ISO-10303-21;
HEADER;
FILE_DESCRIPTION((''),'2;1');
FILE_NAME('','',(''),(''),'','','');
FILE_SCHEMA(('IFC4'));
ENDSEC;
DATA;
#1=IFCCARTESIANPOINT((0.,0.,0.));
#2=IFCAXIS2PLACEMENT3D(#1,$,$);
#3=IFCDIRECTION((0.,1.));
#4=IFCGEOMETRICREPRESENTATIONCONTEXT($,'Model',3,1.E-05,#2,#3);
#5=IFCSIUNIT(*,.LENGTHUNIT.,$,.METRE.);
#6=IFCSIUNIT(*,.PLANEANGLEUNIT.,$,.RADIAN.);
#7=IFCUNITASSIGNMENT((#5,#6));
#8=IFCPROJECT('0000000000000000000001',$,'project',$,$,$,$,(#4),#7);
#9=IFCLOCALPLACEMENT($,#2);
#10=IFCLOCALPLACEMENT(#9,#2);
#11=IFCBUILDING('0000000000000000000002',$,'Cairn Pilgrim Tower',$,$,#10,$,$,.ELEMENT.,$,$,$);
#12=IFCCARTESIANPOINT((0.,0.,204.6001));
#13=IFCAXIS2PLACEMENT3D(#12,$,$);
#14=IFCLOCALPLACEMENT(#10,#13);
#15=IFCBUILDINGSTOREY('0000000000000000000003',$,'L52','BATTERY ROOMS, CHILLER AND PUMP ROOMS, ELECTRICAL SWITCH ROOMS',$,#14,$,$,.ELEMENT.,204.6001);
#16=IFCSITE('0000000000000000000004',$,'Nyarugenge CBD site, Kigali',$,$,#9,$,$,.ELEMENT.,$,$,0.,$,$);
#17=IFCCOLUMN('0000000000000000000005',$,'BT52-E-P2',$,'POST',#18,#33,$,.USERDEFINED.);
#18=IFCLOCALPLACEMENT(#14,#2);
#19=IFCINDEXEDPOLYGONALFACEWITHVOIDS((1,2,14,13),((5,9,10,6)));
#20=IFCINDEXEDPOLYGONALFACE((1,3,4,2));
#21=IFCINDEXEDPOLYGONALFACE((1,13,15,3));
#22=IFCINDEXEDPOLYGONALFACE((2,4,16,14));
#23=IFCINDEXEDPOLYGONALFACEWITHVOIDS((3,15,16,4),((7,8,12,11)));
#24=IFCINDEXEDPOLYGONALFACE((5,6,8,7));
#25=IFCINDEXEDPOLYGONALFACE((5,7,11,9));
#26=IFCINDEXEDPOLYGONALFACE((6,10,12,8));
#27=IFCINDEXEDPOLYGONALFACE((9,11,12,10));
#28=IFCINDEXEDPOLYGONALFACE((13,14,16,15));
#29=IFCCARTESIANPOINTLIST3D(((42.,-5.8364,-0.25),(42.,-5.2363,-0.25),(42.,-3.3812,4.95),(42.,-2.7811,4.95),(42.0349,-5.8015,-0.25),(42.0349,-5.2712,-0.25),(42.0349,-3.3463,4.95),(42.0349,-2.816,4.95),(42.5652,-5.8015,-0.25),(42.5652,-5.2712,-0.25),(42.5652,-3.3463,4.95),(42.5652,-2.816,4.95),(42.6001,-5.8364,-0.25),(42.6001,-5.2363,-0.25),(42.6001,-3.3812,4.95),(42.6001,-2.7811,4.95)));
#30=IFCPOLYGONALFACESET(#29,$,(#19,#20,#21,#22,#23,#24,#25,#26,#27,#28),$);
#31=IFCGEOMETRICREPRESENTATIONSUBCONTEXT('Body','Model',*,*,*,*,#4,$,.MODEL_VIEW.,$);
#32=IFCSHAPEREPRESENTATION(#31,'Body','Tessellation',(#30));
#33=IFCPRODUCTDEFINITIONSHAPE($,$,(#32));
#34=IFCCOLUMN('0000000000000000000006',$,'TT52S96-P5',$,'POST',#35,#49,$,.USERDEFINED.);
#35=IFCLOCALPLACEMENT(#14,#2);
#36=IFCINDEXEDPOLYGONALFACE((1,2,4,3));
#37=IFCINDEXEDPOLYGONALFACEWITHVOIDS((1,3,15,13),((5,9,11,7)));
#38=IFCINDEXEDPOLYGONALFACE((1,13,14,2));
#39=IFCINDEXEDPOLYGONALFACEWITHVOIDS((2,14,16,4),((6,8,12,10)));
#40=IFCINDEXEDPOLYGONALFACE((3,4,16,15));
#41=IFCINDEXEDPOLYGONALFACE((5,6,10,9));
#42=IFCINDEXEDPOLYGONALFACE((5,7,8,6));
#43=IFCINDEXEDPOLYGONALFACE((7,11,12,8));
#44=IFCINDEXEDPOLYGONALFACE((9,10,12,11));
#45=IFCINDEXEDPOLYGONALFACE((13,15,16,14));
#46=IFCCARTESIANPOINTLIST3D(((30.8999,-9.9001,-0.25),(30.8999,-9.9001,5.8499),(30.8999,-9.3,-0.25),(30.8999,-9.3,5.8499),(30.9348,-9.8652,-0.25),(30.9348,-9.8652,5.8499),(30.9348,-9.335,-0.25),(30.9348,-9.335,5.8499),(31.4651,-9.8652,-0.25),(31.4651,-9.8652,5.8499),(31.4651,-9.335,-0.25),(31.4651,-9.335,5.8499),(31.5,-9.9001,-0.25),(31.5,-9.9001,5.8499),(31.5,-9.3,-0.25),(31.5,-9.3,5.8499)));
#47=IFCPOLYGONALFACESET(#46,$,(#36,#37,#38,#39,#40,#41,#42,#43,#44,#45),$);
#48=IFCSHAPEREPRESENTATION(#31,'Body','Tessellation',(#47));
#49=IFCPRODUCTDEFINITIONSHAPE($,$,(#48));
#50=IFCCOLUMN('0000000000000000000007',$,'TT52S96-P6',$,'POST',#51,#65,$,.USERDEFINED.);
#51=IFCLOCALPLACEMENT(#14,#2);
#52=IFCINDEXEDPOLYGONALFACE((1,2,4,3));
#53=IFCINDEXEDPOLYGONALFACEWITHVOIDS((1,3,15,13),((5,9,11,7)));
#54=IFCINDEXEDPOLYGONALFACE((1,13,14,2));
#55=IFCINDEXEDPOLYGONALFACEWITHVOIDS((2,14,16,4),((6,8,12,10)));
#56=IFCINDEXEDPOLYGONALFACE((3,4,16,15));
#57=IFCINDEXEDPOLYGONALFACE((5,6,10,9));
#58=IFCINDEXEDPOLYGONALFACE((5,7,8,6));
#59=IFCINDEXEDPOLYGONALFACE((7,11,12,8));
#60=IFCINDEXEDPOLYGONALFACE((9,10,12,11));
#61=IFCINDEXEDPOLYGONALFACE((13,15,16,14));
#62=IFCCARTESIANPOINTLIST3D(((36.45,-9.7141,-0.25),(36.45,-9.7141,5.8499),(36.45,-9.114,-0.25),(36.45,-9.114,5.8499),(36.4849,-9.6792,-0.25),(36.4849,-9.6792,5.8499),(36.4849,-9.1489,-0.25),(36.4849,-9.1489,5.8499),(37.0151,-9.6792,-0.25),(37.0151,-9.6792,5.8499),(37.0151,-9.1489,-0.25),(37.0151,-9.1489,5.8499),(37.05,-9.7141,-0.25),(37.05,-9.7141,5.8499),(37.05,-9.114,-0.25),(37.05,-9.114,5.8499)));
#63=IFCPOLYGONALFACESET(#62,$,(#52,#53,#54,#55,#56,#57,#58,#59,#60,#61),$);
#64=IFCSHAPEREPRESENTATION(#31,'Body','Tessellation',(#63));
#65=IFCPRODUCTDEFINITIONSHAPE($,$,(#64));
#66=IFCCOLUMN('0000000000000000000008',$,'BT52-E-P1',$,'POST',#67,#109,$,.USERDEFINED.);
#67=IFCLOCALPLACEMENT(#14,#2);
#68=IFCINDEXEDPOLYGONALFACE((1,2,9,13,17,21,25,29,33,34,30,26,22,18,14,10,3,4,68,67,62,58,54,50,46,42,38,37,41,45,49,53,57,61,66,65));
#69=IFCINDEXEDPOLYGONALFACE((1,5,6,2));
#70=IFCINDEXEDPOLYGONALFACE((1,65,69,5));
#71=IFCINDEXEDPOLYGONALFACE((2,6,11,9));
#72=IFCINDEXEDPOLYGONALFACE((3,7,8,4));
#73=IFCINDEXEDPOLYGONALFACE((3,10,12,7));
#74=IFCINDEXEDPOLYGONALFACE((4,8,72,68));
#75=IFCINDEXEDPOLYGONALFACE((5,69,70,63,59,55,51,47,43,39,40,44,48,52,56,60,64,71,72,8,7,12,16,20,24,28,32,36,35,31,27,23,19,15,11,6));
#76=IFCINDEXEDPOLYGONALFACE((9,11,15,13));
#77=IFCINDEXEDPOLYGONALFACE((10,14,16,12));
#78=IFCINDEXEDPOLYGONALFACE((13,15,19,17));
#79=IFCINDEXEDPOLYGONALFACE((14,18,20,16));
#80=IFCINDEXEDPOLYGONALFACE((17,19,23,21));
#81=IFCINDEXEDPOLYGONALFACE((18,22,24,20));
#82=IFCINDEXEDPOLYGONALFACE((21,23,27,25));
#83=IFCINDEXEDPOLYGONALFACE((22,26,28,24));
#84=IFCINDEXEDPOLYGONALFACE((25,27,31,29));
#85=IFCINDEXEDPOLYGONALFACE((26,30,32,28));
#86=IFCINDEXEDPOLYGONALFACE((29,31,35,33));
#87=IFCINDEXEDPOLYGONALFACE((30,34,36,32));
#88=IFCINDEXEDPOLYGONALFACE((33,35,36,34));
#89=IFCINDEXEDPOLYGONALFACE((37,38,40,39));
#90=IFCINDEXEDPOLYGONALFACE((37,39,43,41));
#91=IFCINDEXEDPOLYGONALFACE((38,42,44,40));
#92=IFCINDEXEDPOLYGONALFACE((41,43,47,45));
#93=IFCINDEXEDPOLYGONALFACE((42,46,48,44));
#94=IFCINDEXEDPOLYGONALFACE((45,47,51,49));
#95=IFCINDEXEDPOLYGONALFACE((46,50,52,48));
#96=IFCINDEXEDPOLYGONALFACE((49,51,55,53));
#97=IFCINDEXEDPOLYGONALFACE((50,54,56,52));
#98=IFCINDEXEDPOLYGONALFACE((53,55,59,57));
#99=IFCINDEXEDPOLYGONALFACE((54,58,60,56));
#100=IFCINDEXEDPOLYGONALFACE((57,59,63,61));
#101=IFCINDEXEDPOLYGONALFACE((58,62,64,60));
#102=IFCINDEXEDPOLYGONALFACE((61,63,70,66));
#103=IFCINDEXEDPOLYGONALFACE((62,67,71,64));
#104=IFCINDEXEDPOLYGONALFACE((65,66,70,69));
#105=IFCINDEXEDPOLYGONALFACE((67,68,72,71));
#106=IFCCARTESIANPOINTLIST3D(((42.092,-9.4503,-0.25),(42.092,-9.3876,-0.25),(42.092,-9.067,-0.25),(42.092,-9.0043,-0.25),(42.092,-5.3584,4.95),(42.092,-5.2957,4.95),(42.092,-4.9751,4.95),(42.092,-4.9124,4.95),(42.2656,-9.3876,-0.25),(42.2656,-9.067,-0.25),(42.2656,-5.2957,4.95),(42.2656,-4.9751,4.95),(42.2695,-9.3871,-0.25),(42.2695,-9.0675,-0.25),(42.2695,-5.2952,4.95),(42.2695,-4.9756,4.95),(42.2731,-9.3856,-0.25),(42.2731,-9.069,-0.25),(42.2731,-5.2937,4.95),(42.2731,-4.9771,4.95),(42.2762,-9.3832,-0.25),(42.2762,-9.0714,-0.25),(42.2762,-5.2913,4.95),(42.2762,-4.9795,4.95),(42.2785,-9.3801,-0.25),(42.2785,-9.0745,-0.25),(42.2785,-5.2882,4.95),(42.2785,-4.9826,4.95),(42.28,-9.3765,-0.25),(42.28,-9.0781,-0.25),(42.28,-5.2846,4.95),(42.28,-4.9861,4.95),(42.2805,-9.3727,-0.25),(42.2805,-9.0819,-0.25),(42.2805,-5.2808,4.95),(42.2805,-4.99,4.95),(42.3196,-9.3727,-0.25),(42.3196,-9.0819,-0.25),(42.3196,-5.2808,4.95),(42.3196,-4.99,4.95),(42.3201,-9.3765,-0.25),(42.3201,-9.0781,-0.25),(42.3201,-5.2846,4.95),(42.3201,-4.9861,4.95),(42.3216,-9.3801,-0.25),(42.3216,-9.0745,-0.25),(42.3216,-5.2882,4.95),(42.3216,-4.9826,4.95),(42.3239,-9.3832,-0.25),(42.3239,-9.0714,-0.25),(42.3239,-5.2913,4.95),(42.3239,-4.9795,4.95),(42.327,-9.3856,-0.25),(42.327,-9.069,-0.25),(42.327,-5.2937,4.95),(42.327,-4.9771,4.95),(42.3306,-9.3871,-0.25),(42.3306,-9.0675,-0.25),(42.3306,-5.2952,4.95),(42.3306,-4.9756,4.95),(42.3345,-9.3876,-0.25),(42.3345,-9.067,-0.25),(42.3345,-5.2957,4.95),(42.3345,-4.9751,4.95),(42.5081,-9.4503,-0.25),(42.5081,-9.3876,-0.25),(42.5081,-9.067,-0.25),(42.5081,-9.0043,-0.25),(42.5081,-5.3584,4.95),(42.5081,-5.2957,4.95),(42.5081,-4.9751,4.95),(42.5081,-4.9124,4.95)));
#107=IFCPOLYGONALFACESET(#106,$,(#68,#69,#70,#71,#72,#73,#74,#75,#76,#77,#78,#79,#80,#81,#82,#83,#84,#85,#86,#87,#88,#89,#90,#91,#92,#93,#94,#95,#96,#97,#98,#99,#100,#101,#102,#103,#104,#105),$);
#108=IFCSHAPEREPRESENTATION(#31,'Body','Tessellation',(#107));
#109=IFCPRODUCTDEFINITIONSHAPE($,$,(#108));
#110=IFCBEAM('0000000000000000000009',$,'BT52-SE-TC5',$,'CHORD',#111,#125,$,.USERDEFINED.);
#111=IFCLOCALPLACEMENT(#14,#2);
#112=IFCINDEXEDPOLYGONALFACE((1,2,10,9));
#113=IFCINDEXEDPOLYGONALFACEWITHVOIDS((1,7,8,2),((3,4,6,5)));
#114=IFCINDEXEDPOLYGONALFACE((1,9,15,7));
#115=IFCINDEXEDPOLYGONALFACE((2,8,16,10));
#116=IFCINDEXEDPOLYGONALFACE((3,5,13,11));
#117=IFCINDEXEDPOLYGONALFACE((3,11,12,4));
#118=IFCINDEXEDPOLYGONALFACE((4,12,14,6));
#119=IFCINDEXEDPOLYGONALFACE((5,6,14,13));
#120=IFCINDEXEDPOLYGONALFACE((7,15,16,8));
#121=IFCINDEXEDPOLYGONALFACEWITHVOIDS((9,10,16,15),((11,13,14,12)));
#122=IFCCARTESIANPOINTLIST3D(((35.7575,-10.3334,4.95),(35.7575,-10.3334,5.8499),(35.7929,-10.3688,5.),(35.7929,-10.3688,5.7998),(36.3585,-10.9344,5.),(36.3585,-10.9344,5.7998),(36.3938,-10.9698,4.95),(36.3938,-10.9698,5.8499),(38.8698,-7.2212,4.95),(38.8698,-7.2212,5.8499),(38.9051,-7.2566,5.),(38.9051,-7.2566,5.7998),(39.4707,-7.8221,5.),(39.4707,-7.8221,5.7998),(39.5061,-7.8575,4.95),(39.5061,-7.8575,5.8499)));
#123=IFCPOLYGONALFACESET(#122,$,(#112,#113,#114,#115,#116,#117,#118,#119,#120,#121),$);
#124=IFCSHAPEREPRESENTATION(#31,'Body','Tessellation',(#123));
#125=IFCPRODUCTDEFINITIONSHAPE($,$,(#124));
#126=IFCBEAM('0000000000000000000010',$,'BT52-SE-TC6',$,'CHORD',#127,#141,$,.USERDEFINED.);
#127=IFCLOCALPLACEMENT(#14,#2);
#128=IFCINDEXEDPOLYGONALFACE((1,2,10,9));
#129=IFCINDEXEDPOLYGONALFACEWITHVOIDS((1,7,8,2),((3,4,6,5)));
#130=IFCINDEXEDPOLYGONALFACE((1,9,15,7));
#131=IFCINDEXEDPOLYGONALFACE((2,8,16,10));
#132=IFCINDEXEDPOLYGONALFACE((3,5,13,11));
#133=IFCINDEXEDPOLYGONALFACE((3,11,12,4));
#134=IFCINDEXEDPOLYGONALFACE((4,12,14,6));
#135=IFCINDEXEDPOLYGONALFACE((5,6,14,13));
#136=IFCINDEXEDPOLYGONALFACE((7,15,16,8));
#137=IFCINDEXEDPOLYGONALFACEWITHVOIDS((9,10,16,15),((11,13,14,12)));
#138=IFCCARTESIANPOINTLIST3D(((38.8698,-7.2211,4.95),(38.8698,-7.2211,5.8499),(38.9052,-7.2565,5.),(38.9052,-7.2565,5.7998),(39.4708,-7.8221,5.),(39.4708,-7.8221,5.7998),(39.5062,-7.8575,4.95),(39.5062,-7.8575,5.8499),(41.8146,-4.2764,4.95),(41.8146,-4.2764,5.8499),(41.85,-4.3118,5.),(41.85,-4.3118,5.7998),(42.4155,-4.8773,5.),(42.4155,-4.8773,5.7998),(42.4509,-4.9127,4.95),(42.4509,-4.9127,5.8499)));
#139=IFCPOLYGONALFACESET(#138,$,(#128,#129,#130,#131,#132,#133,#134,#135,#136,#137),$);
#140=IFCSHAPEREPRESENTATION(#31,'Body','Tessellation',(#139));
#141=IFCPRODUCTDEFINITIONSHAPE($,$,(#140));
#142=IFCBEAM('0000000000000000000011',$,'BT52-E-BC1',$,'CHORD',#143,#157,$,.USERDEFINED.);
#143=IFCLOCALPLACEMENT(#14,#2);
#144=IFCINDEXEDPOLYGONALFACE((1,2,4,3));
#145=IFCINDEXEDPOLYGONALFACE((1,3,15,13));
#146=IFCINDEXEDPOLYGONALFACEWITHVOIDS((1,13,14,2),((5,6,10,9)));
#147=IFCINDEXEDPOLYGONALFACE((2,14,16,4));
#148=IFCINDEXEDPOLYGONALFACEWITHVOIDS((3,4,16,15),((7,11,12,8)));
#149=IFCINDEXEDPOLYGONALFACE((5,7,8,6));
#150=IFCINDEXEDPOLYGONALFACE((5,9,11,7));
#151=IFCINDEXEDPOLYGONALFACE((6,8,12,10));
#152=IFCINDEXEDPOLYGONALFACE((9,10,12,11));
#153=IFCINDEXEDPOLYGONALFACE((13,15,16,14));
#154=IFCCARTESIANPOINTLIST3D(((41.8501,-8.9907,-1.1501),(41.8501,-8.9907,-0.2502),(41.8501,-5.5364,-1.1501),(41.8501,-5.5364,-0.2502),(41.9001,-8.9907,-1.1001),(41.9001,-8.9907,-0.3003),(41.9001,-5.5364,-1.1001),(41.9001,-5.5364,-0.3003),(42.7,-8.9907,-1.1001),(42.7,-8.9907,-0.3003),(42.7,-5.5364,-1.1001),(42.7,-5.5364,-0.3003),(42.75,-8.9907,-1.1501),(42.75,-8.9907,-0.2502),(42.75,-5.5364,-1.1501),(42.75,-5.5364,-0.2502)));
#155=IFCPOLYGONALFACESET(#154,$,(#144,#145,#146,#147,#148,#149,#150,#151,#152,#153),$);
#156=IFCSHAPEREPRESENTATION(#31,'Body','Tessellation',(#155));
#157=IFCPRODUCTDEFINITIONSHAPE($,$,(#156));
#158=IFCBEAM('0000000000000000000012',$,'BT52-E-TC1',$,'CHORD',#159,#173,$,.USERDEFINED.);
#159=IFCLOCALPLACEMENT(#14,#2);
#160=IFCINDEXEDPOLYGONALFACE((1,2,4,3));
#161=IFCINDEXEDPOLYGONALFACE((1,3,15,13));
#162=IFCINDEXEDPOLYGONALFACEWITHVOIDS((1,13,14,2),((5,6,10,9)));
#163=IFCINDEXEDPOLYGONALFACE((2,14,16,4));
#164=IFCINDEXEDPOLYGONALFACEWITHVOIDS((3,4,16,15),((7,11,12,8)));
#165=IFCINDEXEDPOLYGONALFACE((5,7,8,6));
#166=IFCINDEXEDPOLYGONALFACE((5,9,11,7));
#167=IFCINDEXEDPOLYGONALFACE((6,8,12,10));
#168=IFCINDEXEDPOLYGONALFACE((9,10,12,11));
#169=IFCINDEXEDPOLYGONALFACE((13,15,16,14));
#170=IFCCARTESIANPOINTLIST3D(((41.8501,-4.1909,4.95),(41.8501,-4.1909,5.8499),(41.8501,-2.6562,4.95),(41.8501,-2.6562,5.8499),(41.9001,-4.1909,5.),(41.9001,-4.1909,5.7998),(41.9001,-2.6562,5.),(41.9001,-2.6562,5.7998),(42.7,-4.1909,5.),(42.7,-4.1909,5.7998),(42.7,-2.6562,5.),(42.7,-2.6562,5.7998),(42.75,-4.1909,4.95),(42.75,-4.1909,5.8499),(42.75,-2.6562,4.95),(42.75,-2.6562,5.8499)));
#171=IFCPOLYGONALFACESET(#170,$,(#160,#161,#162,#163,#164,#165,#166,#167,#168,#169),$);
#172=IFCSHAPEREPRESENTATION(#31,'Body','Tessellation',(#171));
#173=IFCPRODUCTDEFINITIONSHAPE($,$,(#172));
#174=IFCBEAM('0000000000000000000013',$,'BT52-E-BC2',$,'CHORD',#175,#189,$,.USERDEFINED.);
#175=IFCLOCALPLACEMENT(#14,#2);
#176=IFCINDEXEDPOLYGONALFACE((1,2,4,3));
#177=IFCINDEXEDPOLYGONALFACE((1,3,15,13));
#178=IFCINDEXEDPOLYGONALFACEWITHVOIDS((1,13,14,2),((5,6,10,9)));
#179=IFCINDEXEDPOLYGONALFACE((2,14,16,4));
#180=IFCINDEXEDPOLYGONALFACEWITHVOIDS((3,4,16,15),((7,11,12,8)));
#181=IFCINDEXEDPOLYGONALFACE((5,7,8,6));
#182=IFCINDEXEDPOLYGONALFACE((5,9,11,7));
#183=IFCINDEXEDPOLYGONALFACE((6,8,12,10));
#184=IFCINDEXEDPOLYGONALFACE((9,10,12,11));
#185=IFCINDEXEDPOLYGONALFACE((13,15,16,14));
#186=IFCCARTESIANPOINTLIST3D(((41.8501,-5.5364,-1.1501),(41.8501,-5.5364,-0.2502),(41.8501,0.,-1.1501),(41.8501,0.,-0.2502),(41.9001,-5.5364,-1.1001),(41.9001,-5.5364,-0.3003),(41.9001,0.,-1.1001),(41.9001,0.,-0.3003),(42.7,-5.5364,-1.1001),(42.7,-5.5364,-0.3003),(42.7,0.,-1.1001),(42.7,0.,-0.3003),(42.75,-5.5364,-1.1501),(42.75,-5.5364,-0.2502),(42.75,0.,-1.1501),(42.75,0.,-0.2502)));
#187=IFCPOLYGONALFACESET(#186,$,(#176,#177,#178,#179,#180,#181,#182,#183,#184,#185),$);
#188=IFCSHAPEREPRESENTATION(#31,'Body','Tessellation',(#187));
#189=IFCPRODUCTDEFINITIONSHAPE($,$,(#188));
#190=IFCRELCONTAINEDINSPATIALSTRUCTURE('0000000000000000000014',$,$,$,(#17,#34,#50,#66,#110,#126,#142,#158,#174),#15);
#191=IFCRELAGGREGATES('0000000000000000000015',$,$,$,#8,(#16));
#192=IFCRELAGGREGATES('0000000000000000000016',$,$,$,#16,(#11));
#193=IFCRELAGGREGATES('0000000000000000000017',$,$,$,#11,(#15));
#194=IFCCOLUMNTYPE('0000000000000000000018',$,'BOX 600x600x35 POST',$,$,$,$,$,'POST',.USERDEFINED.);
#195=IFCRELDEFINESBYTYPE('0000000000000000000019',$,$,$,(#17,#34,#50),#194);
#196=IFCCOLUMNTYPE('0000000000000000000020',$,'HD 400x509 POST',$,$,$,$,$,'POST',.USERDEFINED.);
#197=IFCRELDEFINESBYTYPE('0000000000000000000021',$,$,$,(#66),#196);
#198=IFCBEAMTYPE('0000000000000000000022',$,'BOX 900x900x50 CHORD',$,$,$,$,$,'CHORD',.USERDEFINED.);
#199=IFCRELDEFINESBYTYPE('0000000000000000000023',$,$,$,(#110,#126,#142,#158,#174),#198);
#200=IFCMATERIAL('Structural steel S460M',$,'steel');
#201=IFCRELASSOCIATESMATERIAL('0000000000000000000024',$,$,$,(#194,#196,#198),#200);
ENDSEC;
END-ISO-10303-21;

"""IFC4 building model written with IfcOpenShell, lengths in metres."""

from ifc_helpers import new_model, si_unit, direction, frame, origin, origin_2d, place, context, subcontext, project, spatial, hollow_rectangle, i_section, extrude, clip, halfspace, material, material_profile, profile_set, type_object, element, save


model = new_model("IFC4")

# Units and contexts
model_context = context("Model", 3, precision=1e-05, world=origin(), true_north=direction((0.0, 1.0)))
body_context = subcontext(model_context, "Body", "Model", "MODEL_VIEW")
ifc_project = project(units=[si_unit("LENGTHUNIT", "METRE"), si_unit("PLANEANGLEUNIT", "RADIAN")], contexts=[model_context])

# Site, building, storey
site_placement = place(None, origin())
site = spatial("IfcSite", under=ifc_project, at=site_placement, Name="Nyarugenge CBD site, Kigali", CompositionType="ELEMENT", RefElevation=0.0)
building_placement = place(site_placement, origin())
building = spatial("IfcBuilding", under=site, at=building_placement, Name="Cairn Pilgrim Tower", CompositionType="ELEMENT")
storey_placement = place(building_placement, frame((0.0, 0.0, 204.6001)))
storey = spatial("IfcBuildingStorey", under=building, at=storey_placement, Name="L52", Description="BATTERY ROOMS, CHILLER AND PUMP ROOMS, ELECTRICAL SWITCH ROOMS", CompositionType="ELEMENT", Elevation=204.6001)

# Columns
ifc_material_1 = material(Name="Structural steel S460M", Category="steel")
ifc_material_profile_1 = material_profile(ifc_material_1, hollow_rectangle(XDim=0.6001, YDim=0.6001, WallThickness=0.0349, at=origin_2d()), Name="BOX 600x600x35")
ifc_profile_set_1 = profile_set([ifc_material_profile_1], Name="Structural steel S460M")
column_type_1 = type_object("IfcColumnType", Name="BOX 600x600x35 POST", ElementType="POST", PredefinedType="USERDEFINED", material=ifc_profile_set_1)
column_1_placement = place(storey_placement, frame((42.3, -5.5364, -0.25), z_axis=(0.0, 0.0, 1.0), x_axis=(1.0, 0.0, 0.0)))
element("IfcColumn", 1, at=column_1_placement, inside=storey, type_object=column_type_1, Name="BT52-E-P2", ObjectType="POST", PredefinedType="USERDEFINED", context=body_context, shape_type="Clipping", body=[
    clip(extrude(hollow_rectangle(XDim=0.6001, YDim=0.6001, WallThickness=0.0349, at=origin_2d()), origin(), (0.0, 0.426963, 0.904269), 6.7456), halfspace(frame((0.0, 0.0, 5.2), z_axis=(0.0, 0.0, 1.0), x_axis=(1.0, 0.0, 0.0)), False)),
])
for number, where, z_axis, x_axis, name in (
    (2, (31.2, -9.6001, -0.25), (0.0, 0.0, 1.0), (1.0, 0.0, 0.0), "TT52S96-P5"),
    (3, (36.75, -9.4141, -0.25), (0.0, 0.0, 1.0), (1.0, 0.0, 0.0), "TT52S96-P6"),
):
    element("IfcColumn", number, at=place(storey_placement, frame(where, z_axis=z_axis, x_axis=x_axis)), inside=storey, type_object=column_type_1, Name=name, ObjectType="POST", PredefinedType="USERDEFINED", context=body_context, shape_type="SweptSolid", body=[
        extrude(hollow_rectangle(XDim=0.6001, YDim=0.6001, WallThickness=0.0349, at=origin_2d()), origin(), (0.0, 0.0, 1.0), 6.0999),
    ])
ifc_material_profile_2 = material_profile(ifc_material_1, i_section(OverallWidth=0.416, OverallDepth=0.446, WebThickness=0.0391, FlangeThickness=0.0627, FilletRadius=0.0149, at=origin_2d()), Name="HD 400x509")
ifc_profile_set_2 = profile_set([ifc_material_profile_2], Name="Structural steel S460M")
column_type_2 = type_object("IfcColumnType", Name="HD 400x509 POST", ElementType="POST", PredefinedType="USERDEFINED", material=ifc_profile_set_2)
column_2_placement = place(storey_placement, frame((42.3, -9.2273, -0.25), z_axis=(0.0, 0.0, 1.0), x_axis=(1.0, 0.0, 0.0)))
element("IfcColumn", 4, at=column_2_placement, inside=storey, type_object=column_type_2, Name="BT52-E-P1", ObjectType="POST", PredefinedType="USERDEFINED", context=body_context, shape_type="Clipping", body=[
    clip(extrude(i_section(OverallWidth=0.416, OverallDepth=0.446, WebThickness=0.0391, FlangeThickness=0.0627, FilletRadius=0.0149, at=origin_2d()), origin(), (0.0, 0.618403, 0.785861), 7.762), halfspace(frame((0.0, 0.0, 5.2), z_axis=(0.0, 0.0, 1.0), x_axis=(1.0, 0.0, 0.0)), False)),
])

# Beams
ifc_material_profile_3 = material_profile(ifc_material_1, hollow_rectangle(XDim=0.8999, YDim=0.8999, WallThickness=0.05, at=origin_2d()), Name="BOX 900x900x50")
ifc_profile_set_3 = profile_set([ifc_material_profile_3], Name="Structural steel S460M")
beam_type_1 = type_object("IfcBeamType", Name="BOX 900x900x50 CHORD", ElementType="CHORD", PredefinedType="USERDEFINED", material=ifc_profile_set_3)
beam_1_placement = place(storey_placement, frame((36.0757, -10.6516, 5.3999), z_axis=(0.707107, 0.707107, 0.0), x_axis=(-0.707107, 0.707107, 0.0)))
element("IfcBeam", 5, at=beam_1_placement, inside=storey, type_object=beam_type_1, Name="BT52-SE-TC5", ObjectType="CHORD", PredefinedType="USERDEFINED", context=body_context, shape_type="SweptSolid", body=[
    extrude(hollow_rectangle(XDim=0.8999, YDim=0.8999, WallThickness=0.05, at=origin_2d()), origin(), (0.0, 0.0, 1.0), 4.4014),
])
beam_2_placement = place(storey_placement, frame((39.188, -7.5393, 5.3999), z_axis=(0.707107, 0.707107, 0.0), x_axis=(-0.707107, 0.707107, 0.0)))
element("IfcBeam", 6, at=beam_2_placement, inside=storey, type_object=beam_type_1, Name="BT52-SE-TC6", ObjectType="CHORD", PredefinedType="USERDEFINED", context=body_context, shape_type="SweptSolid", body=[
    extrude(hollow_rectangle(XDim=0.8999, YDim=0.8999, WallThickness=0.05, at=origin_2d()), origin(), (0.0, 0.0, 1.0), 4.1646),
])
beam_3_placement = place(storey_placement, frame((42.3, -8.9907, -0.7002), z_axis=(0.0, 1.0, 0.0), x_axis=(-1.0, 0.0, 0.0)))
element("IfcBeam", 7, at=beam_3_placement, inside=storey, type_object=beam_type_1, Name="BT52-E-BC1", ObjectType="CHORD", PredefinedType="USERDEFINED", context=body_context, shape_type="SweptSolid", body=[
    extrude(hollow_rectangle(XDim=0.8999, YDim=0.8999, WallThickness=0.05, at=origin_2d()), origin(), (0.0, 0.0, 1.0), 3.4543),
])
beam_4_placement = place(storey_placement, frame((42.3, -4.1909, 5.3999), z_axis=(0.0, 1.0, 0.0), x_axis=(-1.0, 0.0, 0.0)))
element("IfcBeam", 8, at=beam_4_placement, inside=storey, type_object=beam_type_1, Name="BT52-E-TC1", ObjectType="CHORD", PredefinedType="USERDEFINED", context=body_context, shape_type="SweptSolid", body=[
    extrude(hollow_rectangle(XDim=0.8999, YDim=0.8999, WallThickness=0.05, at=origin_2d()), origin(), (0.0, 0.0, 1.0), 1.5347),
])
beam_5_placement = place(storey_placement, frame((42.3, -5.5364, -0.7002), z_axis=(0.0, 1.0, 0.0), x_axis=(-1.0, 0.0, 0.0)))
element("IfcBeam", 9, at=beam_5_placement, inside=storey, type_object=beam_type_1, Name="BT52-E-BC2", ObjectType="CHORD", PredefinedType="USERDEFINED", context=body_context, shape_type="SweptSolid", body=[
    extrude(hollow_rectangle(XDim=0.8999, YDim=0.8999, WallThickness=0.05, at=origin_2d()), origin(), (0.0, 0.0, 1.0), 5.5364),
])

save(model, "model.ifc")
